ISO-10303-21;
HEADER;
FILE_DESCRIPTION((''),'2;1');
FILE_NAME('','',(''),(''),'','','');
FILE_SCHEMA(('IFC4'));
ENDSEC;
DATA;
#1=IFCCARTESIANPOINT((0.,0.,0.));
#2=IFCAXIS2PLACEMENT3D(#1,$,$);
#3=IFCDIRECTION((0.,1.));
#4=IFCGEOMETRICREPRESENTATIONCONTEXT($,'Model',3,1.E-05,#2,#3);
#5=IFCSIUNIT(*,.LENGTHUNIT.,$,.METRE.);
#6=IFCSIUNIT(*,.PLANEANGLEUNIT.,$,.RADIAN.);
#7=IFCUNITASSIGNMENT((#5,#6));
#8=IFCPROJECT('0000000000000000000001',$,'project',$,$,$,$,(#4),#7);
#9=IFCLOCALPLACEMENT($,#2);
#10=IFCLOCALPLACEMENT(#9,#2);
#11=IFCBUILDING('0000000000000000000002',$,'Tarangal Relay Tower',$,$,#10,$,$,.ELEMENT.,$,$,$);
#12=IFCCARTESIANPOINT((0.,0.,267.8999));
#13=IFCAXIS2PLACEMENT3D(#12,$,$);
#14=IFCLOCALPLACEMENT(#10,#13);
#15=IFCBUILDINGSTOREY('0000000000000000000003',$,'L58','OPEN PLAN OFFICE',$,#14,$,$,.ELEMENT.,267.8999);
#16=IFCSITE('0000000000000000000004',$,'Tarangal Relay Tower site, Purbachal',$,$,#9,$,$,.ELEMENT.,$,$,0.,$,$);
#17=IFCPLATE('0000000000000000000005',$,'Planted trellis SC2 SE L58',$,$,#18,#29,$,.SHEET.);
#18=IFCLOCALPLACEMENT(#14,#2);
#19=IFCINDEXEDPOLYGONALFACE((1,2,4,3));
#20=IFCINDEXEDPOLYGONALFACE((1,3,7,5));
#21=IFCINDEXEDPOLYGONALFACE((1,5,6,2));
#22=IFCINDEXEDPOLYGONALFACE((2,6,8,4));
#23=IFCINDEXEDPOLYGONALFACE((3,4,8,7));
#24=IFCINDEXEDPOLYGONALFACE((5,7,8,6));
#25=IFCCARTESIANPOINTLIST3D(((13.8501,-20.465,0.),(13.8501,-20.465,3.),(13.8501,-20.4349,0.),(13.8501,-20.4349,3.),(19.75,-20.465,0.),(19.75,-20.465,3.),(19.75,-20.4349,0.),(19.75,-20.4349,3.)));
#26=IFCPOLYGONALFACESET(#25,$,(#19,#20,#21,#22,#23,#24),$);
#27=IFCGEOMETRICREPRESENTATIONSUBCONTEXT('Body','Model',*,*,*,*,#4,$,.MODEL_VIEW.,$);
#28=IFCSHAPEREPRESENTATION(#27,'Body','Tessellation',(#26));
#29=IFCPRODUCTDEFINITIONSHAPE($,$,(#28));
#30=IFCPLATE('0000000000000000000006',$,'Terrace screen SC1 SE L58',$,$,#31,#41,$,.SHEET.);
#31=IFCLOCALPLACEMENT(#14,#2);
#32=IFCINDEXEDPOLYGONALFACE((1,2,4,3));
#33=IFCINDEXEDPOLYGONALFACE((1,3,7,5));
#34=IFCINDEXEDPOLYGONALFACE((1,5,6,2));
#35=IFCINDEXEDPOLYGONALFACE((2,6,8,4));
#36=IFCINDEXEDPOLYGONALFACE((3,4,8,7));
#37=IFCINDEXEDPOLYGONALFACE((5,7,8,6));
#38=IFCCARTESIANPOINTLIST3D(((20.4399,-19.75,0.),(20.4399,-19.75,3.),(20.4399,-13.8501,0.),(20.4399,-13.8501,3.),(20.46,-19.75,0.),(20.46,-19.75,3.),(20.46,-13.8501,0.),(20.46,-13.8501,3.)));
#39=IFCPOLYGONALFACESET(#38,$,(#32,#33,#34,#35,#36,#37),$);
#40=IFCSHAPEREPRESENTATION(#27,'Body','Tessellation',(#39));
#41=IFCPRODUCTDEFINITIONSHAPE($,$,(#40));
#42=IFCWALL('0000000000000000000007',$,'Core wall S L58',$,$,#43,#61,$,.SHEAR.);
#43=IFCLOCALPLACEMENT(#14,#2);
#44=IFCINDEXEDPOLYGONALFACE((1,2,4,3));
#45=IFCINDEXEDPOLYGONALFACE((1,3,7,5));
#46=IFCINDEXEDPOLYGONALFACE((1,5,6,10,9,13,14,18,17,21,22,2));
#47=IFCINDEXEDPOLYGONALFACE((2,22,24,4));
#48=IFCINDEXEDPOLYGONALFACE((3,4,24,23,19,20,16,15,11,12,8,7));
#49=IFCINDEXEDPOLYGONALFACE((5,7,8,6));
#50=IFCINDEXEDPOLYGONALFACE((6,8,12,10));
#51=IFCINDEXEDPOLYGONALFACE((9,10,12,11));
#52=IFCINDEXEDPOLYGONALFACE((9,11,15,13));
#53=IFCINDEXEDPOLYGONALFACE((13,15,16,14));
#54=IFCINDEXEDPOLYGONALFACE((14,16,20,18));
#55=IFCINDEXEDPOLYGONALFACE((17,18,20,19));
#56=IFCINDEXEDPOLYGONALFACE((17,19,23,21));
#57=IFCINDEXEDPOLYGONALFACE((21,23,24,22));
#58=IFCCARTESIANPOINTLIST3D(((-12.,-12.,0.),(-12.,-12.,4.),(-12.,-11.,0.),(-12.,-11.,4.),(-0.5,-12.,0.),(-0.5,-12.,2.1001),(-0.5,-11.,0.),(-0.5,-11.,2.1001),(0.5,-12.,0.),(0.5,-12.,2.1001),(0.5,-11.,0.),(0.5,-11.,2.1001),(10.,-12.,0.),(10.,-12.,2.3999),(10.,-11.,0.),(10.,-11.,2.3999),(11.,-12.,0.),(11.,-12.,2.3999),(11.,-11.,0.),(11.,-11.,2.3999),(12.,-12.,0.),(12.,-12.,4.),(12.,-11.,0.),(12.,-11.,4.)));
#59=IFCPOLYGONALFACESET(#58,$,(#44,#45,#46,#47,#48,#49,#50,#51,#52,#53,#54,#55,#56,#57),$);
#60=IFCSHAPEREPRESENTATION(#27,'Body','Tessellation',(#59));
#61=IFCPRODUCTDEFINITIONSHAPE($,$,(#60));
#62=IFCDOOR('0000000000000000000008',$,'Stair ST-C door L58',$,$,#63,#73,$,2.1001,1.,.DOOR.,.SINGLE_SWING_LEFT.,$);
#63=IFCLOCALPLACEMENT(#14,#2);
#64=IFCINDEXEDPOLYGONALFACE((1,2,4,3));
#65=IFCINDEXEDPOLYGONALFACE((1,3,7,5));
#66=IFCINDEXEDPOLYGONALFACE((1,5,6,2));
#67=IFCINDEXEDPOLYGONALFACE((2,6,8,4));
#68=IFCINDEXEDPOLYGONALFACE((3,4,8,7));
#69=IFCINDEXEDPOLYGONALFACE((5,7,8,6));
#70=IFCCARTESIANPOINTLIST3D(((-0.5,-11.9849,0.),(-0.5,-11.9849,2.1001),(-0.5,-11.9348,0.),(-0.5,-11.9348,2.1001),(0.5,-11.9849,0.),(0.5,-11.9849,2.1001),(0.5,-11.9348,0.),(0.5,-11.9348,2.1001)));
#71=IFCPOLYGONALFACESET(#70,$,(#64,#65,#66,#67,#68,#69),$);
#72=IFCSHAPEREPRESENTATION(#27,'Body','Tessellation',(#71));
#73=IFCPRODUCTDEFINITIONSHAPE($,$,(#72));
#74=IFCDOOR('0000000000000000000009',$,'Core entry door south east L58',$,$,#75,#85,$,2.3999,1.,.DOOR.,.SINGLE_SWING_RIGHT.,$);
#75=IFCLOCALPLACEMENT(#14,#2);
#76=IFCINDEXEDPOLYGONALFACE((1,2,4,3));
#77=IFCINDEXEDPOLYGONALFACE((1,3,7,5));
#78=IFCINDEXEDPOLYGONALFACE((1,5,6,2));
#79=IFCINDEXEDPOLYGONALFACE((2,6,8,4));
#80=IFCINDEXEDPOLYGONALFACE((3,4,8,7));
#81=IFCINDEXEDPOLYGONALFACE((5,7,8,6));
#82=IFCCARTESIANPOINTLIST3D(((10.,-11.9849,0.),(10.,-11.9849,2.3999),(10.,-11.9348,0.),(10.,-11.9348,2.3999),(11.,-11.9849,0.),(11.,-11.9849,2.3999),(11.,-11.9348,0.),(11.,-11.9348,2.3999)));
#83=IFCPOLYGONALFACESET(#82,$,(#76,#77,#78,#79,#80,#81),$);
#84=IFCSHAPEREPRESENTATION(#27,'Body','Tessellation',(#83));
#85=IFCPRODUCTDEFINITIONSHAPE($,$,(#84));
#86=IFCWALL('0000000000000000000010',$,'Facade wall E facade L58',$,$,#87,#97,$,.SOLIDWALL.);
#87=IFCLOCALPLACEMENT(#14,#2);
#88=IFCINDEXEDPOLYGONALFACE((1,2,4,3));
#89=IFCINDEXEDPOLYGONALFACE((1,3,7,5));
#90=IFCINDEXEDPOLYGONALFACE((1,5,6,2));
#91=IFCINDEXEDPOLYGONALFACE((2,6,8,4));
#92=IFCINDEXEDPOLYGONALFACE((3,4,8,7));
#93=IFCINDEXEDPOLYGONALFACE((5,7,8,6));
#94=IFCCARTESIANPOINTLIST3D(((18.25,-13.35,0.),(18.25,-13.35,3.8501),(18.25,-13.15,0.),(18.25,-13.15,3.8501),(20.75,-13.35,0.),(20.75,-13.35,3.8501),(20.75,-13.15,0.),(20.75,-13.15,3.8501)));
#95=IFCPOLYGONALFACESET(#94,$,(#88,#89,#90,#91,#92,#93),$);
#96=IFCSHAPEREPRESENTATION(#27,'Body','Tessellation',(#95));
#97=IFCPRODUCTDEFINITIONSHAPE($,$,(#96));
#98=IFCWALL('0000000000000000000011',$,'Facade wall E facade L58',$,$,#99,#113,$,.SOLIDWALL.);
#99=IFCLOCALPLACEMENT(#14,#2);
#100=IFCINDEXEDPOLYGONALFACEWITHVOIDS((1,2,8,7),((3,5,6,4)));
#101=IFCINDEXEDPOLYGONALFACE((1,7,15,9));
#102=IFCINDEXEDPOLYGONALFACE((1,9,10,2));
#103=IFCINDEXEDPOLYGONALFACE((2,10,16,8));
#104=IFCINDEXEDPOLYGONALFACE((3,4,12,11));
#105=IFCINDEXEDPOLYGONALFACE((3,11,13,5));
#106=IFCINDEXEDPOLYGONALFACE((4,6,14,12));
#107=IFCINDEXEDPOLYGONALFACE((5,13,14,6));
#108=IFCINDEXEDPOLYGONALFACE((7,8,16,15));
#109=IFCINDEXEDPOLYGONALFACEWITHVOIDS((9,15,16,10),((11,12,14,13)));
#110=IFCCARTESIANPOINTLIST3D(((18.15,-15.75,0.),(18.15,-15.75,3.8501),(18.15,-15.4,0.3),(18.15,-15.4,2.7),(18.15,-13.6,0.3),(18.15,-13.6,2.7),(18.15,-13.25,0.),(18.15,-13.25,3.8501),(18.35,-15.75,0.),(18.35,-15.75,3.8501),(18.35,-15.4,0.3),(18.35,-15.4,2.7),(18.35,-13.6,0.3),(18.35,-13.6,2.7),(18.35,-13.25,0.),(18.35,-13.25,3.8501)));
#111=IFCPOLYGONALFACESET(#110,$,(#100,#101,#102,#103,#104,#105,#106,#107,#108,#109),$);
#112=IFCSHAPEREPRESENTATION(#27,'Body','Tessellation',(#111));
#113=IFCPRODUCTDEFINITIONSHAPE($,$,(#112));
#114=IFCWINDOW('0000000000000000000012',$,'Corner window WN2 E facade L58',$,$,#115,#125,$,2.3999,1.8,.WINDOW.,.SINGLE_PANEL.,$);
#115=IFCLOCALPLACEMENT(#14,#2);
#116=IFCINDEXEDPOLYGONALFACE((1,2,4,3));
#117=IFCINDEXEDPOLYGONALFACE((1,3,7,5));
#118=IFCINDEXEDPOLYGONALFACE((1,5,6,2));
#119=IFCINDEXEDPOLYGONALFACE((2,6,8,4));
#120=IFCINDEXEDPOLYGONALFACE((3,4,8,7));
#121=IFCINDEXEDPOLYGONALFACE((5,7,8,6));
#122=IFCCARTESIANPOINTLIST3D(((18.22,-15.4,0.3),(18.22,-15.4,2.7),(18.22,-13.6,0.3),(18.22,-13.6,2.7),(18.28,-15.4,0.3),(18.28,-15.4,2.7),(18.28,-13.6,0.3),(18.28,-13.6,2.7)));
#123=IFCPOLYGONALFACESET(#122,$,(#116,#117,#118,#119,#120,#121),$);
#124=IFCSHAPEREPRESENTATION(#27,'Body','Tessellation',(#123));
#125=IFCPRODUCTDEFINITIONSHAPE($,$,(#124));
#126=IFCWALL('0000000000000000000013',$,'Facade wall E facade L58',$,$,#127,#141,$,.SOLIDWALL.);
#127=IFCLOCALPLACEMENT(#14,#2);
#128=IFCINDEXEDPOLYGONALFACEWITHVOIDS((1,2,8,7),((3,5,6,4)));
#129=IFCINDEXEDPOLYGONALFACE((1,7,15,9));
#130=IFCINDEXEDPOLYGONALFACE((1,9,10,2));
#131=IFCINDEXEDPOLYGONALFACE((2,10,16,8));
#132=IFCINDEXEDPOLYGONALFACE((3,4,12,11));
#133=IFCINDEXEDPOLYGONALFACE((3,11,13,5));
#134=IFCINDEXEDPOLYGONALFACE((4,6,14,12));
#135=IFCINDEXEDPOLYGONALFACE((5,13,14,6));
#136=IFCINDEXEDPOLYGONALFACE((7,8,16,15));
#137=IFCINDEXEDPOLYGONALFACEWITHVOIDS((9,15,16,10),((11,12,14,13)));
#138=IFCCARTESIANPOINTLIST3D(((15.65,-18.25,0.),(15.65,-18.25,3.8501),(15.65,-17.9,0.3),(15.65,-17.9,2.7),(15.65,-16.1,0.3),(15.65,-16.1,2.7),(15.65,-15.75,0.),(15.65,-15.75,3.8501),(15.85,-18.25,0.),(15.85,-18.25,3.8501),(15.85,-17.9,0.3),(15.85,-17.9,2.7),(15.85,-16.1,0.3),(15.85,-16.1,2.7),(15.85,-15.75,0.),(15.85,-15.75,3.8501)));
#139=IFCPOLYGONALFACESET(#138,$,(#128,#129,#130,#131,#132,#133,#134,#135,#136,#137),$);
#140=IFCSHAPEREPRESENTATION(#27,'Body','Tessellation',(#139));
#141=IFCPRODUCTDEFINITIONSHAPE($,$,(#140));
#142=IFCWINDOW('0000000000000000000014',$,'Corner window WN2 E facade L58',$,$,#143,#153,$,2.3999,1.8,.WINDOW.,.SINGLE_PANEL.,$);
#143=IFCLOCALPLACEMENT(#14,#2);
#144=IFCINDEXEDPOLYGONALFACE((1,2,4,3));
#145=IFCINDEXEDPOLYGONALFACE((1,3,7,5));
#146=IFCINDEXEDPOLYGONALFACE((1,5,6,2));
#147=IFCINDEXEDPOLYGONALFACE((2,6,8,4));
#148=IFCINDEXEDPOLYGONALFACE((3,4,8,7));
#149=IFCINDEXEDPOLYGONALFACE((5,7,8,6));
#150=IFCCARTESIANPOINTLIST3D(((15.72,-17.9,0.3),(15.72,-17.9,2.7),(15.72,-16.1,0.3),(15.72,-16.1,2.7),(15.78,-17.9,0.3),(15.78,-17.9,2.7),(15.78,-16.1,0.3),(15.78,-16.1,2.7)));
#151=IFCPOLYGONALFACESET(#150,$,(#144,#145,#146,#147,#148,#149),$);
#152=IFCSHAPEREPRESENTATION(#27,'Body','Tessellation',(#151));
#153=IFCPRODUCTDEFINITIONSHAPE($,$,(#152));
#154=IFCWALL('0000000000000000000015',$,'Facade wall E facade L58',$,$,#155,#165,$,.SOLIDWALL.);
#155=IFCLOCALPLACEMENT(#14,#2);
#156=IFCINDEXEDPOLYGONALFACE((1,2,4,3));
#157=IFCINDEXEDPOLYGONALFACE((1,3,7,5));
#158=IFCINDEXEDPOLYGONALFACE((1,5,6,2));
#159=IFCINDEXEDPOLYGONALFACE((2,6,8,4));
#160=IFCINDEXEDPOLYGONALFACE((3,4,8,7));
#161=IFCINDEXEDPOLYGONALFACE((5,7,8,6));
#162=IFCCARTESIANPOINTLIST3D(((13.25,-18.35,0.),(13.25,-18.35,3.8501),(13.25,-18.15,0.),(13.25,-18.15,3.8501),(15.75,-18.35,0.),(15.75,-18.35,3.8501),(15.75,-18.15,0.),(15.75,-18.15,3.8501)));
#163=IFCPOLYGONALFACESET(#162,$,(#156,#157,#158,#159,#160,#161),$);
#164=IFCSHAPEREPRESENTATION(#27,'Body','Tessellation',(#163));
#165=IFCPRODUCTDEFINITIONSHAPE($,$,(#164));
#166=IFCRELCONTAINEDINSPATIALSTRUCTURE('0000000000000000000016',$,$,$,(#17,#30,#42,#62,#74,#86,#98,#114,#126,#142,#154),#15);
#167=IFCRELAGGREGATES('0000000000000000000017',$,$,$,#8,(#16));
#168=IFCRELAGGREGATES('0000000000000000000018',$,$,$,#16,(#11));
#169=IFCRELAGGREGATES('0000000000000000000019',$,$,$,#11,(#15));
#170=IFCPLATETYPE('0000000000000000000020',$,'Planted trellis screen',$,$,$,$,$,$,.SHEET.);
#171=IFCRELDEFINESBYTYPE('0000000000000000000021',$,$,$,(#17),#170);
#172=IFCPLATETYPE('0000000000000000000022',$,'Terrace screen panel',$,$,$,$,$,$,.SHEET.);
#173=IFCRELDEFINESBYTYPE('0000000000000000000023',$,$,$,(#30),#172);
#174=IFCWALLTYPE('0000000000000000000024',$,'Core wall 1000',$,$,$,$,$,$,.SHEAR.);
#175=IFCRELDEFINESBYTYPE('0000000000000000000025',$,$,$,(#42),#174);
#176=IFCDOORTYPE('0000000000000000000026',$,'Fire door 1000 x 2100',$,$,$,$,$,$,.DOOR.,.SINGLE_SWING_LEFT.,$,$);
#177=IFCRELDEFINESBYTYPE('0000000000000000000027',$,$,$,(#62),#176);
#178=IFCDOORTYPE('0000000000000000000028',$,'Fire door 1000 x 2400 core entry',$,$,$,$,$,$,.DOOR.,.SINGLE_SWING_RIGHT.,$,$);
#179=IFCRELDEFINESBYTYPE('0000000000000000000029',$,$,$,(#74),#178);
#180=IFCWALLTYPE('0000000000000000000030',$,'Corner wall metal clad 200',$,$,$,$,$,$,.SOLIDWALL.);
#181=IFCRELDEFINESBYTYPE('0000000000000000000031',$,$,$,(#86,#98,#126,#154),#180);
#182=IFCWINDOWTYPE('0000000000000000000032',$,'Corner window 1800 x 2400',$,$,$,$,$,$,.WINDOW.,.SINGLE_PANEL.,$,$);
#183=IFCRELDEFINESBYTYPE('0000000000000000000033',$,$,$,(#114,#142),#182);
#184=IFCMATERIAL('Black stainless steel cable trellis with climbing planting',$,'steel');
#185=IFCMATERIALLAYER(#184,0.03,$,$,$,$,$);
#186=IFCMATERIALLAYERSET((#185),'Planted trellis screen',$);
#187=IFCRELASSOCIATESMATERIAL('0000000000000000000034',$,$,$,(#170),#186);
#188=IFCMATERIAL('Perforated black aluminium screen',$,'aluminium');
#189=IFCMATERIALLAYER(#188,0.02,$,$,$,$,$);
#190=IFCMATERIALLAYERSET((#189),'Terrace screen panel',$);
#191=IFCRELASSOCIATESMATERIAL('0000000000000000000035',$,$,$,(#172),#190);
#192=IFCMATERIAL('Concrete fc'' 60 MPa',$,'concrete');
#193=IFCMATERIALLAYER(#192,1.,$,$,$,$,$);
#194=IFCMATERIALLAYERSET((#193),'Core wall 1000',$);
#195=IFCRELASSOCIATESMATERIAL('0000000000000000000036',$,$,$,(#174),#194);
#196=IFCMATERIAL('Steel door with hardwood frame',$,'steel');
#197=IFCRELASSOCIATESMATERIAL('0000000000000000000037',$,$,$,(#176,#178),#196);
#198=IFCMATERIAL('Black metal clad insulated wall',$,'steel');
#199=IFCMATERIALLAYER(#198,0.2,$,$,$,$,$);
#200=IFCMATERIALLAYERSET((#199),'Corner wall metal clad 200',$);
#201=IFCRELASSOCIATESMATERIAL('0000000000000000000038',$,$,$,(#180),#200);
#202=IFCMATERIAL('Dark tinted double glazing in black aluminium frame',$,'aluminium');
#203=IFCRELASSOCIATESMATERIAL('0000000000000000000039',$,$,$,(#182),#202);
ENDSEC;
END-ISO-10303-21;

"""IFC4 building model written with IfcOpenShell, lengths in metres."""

from ifc_helpers import new_model, si_unit, direction, frame, frame_2d, origin, origin_2d, place, context, subcontext, project, spatial, rectangle, extrude, material, layer, layer_set, type_object, element, fill, save


model = new_model("IFC4")

# Units and contexts
model_context = context("Model", 3, precision=1e-05, world=origin(), true_north=direction((0.0, 1.0)))
body_context = subcontext(model_context, "Body", "Model", "MODEL_VIEW")
ifc_project = project(units=[si_unit("LENGTHUNIT", "METRE"), si_unit("PLANEANGLEUNIT", "RADIAN")], contexts=[model_context])

# Site, building, storey
site_placement = place(None, origin())
site = spatial("IfcSite", under=ifc_project, at=site_placement, Name="Tarangal Relay Tower site, Purbachal", CompositionType="ELEMENT", RefElevation=0.0)
building_placement = place(site_placement, origin())
building = spatial("IfcBuilding", under=site, at=building_placement, Name="Tarangal Relay Tower", CompositionType="ELEMENT")
storey_placement = place(building_placement, frame((0.0, 0.0, 267.8999)))
storey = spatial("IfcBuildingStorey", under=building, at=storey_placement, Name="L58", Description="OPEN PLAN OFFICE", CompositionType="ELEMENT", Elevation=267.8999)

# Plates
ifc_material_1 = material(Name="Black stainless steel cable trellis with climbing planting", Category="steel")
ifc_layer_1 = layer(ifc_material_1, 0.03)
ifc_layer_set_1 = layer_set([ifc_layer_1], Name="Planted trellis screen")
plate_type_1 = type_object("IfcPlateType", Name="Planted trellis screen", PredefinedType="SHEET", material=ifc_layer_set_1)
plate_1_placement = place(storey_placement, frame((16.8, -20.45, 0.0), z_axis=(0.0, 0.0, 1.0), x_axis=(-1.0, 0.0, 0.0)))
element("IfcPlate", 1, at=plate_1_placement, inside=storey, type_object=plate_type_1, Name="Planted trellis SC2 SE L58", PredefinedType="SHEET", context=body_context, shape_type="SweptSolid", body=[
    extrude(rectangle(XDim=5.8999, YDim=0.03, at=origin_2d()), origin(), (0.0, 0.0, 1.0), 3.0),
])
ifc_material_2 = material(Name="Perforated black aluminium screen", Category="aluminium")
ifc_layer_2 = layer(ifc_material_2, 0.02)
ifc_layer_set_2 = layer_set([ifc_layer_2], Name="Terrace screen panel")
plate_type_2 = type_object("IfcPlateType", Name="Terrace screen panel", PredefinedType="SHEET", material=ifc_layer_set_2)
plate_2_placement = place(storey_placement, frame((20.45, -16.8, 0.0), z_axis=(0.0, 0.0, 1.0), x_axis=(0.0, -1.0, 0.0)))
element("IfcPlate", 2, at=plate_2_placement, inside=storey, type_object=plate_type_2, Name="Terrace screen SC1 SE L58", PredefinedType="SHEET", context=body_context, shape_type="SweptSolid", body=[
    extrude(rectangle(XDim=5.8999, YDim=0.02, at=origin_2d()), origin(), (0.0, 0.0, 1.0), 3.0),
])

# Wall, openings, doors
ifc_material_3 = material(Name="Concrete fc' 60 MPa", Category="concrete")
ifc_layer_3 = layer(ifc_material_3, 1.0)
ifc_layer_set_3 = layer_set([ifc_layer_3], Name="Core wall 1000")
wall_type_1 = type_object("IfcWallType", Name="Core wall 1000", PredefinedType="SHEAR", material=ifc_layer_set_3)
wall_1_placement = place(storey_placement, frame((12.0, -11.5, 0.0), z_axis=(0.0, 0.0, 1.0), x_axis=(-1.0, 0.0, 0.0)))
wall_1 = element("IfcWall", 3, at=wall_1_placement, inside=storey, type_object=wall_type_1, Name="Core wall S L58", PredefinedType="SHEAR", context=body_context, shape_type="SweptSolid", body=[
    extrude(rectangle(XDim=24.0, YDim=1.0, at=frame_2d((12.0, 0.0))), origin(), (0.0, 0.0, 1.0), 4.0),
])
opening_1_placement = place(wall_1_placement, frame((11.5, 0.0, 0.0)))
opening_1 = element("IfcOpeningElement", 4, at=opening_1_placement, cuts=wall_1, PredefinedType="OPENING", context=body_context, shape_type="SweptSolid", body=[
    extrude(rectangle(XDim=1.0, YDim=2.1001, at=frame_2d((0.5, 1.05))), frame((0.0, 0.51, 0.0), z_axis=(0.0, -1.0, 0.0), x_axis=(1.0, 0.0, 0.0)), (0.0, 0.0, 1.0), 1.02),
])
opening_2_placement = place(wall_1_placement, frame((1.0, 0.0, 0.0)))
opening_2 = element("IfcOpeningElement", 5, at=opening_2_placement, cuts=wall_1, PredefinedType="OPENING", context=body_context, shape_type="SweptSolid", body=[
    extrude(rectangle(XDim=1.0, YDim=2.3999, at=frame_2d((0.5, 1.2))), frame((0.0, 0.51, 0.0), z_axis=(0.0, -1.0, 0.0), x_axis=(1.0, 0.0, 0.0)), (0.0, 0.0, 1.0), 1.02),
])
ifc_material_4 = material(Name="Steel door with hardwood frame", Category="steel")
door_type_1 = type_object("IfcDoorType", Name="Fire door 1000 x 2100", OperationType="SINGLE_SWING_LEFT", PredefinedType="DOOR", material=ifc_material_4)
door_1_placement = place(opening_1_placement, origin())
door_1 = element("IfcDoor", 6, at=door_1_placement, inside=storey, type_object=door_type_1, Name="Stair ST-C door L58", OperationType="SINGLE_SWING_LEFT", OverallHeight=2.1001, OverallWidth=1.0, PredefinedType="DOOR", context=body_context, shape_type="SweptSolid", body=[
    extrude(rectangle(XDim=1.0, YDim=2.1001, at=frame_2d((0.5, 1.05))), frame((0.0, 0.4849, 0.0), z_axis=(0.0, -1.0, 0.0), x_axis=(1.0, 0.0, 0.0)), (0.0, 0.0, 1.0), 0.05),
])
fill(opening_1, door_1)
door_type_2 = type_object("IfcDoorType", Name="Fire door 1000 x 2400 core entry", OperationType="SINGLE_SWING_RIGHT", PredefinedType="DOOR", material=ifc_material_4)
door_2_placement = place(opening_2_placement, origin())
door_2 = element("IfcDoor", 7, at=door_2_placement, inside=storey, type_object=door_type_2, Name="Core entry door south east L58", OperationType="SINGLE_SWING_RIGHT", OverallHeight=2.3999, OverallWidth=1.0, PredefinedType="DOOR", context=body_context, shape_type="SweptSolid", body=[
    extrude(rectangle(XDim=1.0, YDim=2.3999, at=frame_2d((0.5, 1.2))), frame((0.0, 0.4849, 0.0), z_axis=(0.0, -1.0, 0.0), x_axis=(1.0, 0.0, 0.0)), (0.0, 0.0, 1.0), 0.05),
])
fill(opening_2, door_2)

# Wall
ifc_material_5 = material(Name="Black metal clad insulated wall", Category="steel")
ifc_layer_4 = layer(ifc_material_5, 0.2)
ifc_layer_set_4 = layer_set([ifc_layer_4], Name="Corner wall metal clad 200")
wall_type_2 = type_object("IfcWallType", Name="Corner wall metal clad 200", PredefinedType="SOLIDWALL", material=ifc_layer_set_4)
wall_2_placement = place(storey_placement, frame((20.75, -13.25, 0.0), z_axis=(0.0, 0.0, 1.0), x_axis=(-1.0, 0.0, 0.0)))
element("IfcWall", 8, at=wall_2_placement, inside=storey, type_object=wall_type_2, Name="Facade wall E facade L58", PredefinedType="SOLIDWALL", context=body_context, shape_type="SweptSolid", body=[
    extrude(rectangle(XDim=2.5, YDim=0.2, at=frame_2d((1.25, 0.0))), origin(), (0.0, 0.0, 1.0), 3.8501),
])

# Wall, opening, window
wall_3_placement = place(storey_placement, frame((18.25, -13.25, 0.0), z_axis=(0.0, 0.0, 1.0), x_axis=(0.0, -1.0, 0.0)))
wall_3 = element("IfcWall", 9, at=wall_3_placement, inside=storey, type_object=wall_type_2, Name="Facade wall E facade L58", PredefinedType="SOLIDWALL", context=body_context, shape_type="SweptSolid", body=[
    extrude(rectangle(XDim=2.5, YDim=0.2, at=frame_2d((1.25, 0.0))), origin(), (0.0, 0.0, 1.0), 3.8501),
])
opening_3_placement = place(wall_3_placement, frame((0.3501, 0.0, 0.3)))
opening_3 = element("IfcOpeningElement", 10, at=opening_3_placement, cuts=wall_3, PredefinedType="OPENING", context=body_context, shape_type="SweptSolid", body=[
    extrude(rectangle(XDim=1.8, YDim=2.3999, at=frame_2d((0.8999, 1.2))), frame((0.0, 0.1099, 0.0), z_axis=(0.0, -1.0, 0.0), x_axis=(1.0, 0.0, 0.0)), (0.0, 0.0, 1.0), 0.22),
])
ifc_material_6 = material(Name="Dark tinted double glazing in black aluminium frame", Category="aluminium")
window_type = type_object("IfcWindowType", Name="Corner window 1800 x 2400", PartitioningType="SINGLE_PANEL", PredefinedType="WINDOW", material=ifc_material_6)
window_1_placement = place(opening_3_placement, origin())
window_1 = element("IfcWindow", 11, at=window_1_placement, inside=storey, type_object=window_type, Name="Corner window WN2 E facade L58", OverallHeight=2.3999, OverallWidth=1.8, PartitioningType="SINGLE_PANEL", PredefinedType="WINDOW", context=body_context, shape_type="SweptSolid", body=[
    extrude(rectangle(XDim=1.8, YDim=2.3999, at=frame_2d((0.8999, 1.2))), frame((0.0, 0.03, 0.0), z_axis=(0.0, -1.0, 0.0), x_axis=(1.0, 0.0, 0.0)), (0.0, 0.0, 1.0), 0.0601),
])
fill(opening_3, window_1)

# Wall, opening, window
wall_4_placement = place(storey_placement, frame((15.75, -15.75, 0.0), z_axis=(0.0, 0.0, 1.0), x_axis=(0.0, -1.0, 0.0)))
wall_4 = element("IfcWall", 12, at=wall_4_placement, inside=storey, type_object=wall_type_2, Name="Facade wall E facade L58", PredefinedType="SOLIDWALL", context=body_context, shape_type="SweptSolid", body=[
    extrude(rectangle(XDim=2.5, YDim=0.2, at=frame_2d((1.25, 0.0))), origin(), (0.0, 0.0, 1.0), 3.8501),
])
opening_4_placement = place(wall_4_placement, frame((0.3501, 0.0, 0.3)))
opening_4 = element("IfcOpeningElement", 13, at=opening_4_placement, cuts=wall_4, PredefinedType="OPENING", context=body_context, shape_type="SweptSolid", body=[
    extrude(rectangle(XDim=1.8, YDim=2.3999, at=frame_2d((0.8999, 1.2))), frame((0.0, 0.1099, 0.0), z_axis=(0.0, -1.0, 0.0), x_axis=(1.0, 0.0, 0.0)), (0.0, 0.0, 1.0), 0.22),
])
window_2_placement = place(opening_4_placement, origin())
window_2 = element("IfcWindow", 14, at=window_2_placement, inside=storey, type_object=window_type, Name="Corner window WN2 E facade L58", OverallHeight=2.3999, OverallWidth=1.8, PartitioningType="SINGLE_PANEL", PredefinedType="WINDOW", context=body_context, shape_type="SweptSolid", body=[
    extrude(rectangle(XDim=1.8, YDim=2.3999, at=frame_2d((0.8999, 1.2))), frame((0.0, 0.03, 0.0), z_axis=(0.0, -1.0, 0.0), x_axis=(1.0, 0.0, 0.0)), (0.0, 0.0, 1.0), 0.0601),
])
fill(opening_4, window_2)

# Wall
wall_5_placement = place(storey_placement, frame((15.75, -18.25, 0.0), z_axis=(0.0, 0.0, 1.0), x_axis=(-1.0, 0.0, 0.0)))
element("IfcWall", 15, at=wall_5_placement, inside=storey, type_object=wall_type_2, Name="Facade wall E facade L58", PredefinedType="SOLIDWALL", context=body_context, shape_type="SweptSolid", body=[
    extrude(rectangle(XDim=2.5, YDim=0.2, at=frame_2d((1.25, 0.0))), origin(), (0.0, 0.0, 1.0), 3.8501),
])

save(model, "model.ifc")
